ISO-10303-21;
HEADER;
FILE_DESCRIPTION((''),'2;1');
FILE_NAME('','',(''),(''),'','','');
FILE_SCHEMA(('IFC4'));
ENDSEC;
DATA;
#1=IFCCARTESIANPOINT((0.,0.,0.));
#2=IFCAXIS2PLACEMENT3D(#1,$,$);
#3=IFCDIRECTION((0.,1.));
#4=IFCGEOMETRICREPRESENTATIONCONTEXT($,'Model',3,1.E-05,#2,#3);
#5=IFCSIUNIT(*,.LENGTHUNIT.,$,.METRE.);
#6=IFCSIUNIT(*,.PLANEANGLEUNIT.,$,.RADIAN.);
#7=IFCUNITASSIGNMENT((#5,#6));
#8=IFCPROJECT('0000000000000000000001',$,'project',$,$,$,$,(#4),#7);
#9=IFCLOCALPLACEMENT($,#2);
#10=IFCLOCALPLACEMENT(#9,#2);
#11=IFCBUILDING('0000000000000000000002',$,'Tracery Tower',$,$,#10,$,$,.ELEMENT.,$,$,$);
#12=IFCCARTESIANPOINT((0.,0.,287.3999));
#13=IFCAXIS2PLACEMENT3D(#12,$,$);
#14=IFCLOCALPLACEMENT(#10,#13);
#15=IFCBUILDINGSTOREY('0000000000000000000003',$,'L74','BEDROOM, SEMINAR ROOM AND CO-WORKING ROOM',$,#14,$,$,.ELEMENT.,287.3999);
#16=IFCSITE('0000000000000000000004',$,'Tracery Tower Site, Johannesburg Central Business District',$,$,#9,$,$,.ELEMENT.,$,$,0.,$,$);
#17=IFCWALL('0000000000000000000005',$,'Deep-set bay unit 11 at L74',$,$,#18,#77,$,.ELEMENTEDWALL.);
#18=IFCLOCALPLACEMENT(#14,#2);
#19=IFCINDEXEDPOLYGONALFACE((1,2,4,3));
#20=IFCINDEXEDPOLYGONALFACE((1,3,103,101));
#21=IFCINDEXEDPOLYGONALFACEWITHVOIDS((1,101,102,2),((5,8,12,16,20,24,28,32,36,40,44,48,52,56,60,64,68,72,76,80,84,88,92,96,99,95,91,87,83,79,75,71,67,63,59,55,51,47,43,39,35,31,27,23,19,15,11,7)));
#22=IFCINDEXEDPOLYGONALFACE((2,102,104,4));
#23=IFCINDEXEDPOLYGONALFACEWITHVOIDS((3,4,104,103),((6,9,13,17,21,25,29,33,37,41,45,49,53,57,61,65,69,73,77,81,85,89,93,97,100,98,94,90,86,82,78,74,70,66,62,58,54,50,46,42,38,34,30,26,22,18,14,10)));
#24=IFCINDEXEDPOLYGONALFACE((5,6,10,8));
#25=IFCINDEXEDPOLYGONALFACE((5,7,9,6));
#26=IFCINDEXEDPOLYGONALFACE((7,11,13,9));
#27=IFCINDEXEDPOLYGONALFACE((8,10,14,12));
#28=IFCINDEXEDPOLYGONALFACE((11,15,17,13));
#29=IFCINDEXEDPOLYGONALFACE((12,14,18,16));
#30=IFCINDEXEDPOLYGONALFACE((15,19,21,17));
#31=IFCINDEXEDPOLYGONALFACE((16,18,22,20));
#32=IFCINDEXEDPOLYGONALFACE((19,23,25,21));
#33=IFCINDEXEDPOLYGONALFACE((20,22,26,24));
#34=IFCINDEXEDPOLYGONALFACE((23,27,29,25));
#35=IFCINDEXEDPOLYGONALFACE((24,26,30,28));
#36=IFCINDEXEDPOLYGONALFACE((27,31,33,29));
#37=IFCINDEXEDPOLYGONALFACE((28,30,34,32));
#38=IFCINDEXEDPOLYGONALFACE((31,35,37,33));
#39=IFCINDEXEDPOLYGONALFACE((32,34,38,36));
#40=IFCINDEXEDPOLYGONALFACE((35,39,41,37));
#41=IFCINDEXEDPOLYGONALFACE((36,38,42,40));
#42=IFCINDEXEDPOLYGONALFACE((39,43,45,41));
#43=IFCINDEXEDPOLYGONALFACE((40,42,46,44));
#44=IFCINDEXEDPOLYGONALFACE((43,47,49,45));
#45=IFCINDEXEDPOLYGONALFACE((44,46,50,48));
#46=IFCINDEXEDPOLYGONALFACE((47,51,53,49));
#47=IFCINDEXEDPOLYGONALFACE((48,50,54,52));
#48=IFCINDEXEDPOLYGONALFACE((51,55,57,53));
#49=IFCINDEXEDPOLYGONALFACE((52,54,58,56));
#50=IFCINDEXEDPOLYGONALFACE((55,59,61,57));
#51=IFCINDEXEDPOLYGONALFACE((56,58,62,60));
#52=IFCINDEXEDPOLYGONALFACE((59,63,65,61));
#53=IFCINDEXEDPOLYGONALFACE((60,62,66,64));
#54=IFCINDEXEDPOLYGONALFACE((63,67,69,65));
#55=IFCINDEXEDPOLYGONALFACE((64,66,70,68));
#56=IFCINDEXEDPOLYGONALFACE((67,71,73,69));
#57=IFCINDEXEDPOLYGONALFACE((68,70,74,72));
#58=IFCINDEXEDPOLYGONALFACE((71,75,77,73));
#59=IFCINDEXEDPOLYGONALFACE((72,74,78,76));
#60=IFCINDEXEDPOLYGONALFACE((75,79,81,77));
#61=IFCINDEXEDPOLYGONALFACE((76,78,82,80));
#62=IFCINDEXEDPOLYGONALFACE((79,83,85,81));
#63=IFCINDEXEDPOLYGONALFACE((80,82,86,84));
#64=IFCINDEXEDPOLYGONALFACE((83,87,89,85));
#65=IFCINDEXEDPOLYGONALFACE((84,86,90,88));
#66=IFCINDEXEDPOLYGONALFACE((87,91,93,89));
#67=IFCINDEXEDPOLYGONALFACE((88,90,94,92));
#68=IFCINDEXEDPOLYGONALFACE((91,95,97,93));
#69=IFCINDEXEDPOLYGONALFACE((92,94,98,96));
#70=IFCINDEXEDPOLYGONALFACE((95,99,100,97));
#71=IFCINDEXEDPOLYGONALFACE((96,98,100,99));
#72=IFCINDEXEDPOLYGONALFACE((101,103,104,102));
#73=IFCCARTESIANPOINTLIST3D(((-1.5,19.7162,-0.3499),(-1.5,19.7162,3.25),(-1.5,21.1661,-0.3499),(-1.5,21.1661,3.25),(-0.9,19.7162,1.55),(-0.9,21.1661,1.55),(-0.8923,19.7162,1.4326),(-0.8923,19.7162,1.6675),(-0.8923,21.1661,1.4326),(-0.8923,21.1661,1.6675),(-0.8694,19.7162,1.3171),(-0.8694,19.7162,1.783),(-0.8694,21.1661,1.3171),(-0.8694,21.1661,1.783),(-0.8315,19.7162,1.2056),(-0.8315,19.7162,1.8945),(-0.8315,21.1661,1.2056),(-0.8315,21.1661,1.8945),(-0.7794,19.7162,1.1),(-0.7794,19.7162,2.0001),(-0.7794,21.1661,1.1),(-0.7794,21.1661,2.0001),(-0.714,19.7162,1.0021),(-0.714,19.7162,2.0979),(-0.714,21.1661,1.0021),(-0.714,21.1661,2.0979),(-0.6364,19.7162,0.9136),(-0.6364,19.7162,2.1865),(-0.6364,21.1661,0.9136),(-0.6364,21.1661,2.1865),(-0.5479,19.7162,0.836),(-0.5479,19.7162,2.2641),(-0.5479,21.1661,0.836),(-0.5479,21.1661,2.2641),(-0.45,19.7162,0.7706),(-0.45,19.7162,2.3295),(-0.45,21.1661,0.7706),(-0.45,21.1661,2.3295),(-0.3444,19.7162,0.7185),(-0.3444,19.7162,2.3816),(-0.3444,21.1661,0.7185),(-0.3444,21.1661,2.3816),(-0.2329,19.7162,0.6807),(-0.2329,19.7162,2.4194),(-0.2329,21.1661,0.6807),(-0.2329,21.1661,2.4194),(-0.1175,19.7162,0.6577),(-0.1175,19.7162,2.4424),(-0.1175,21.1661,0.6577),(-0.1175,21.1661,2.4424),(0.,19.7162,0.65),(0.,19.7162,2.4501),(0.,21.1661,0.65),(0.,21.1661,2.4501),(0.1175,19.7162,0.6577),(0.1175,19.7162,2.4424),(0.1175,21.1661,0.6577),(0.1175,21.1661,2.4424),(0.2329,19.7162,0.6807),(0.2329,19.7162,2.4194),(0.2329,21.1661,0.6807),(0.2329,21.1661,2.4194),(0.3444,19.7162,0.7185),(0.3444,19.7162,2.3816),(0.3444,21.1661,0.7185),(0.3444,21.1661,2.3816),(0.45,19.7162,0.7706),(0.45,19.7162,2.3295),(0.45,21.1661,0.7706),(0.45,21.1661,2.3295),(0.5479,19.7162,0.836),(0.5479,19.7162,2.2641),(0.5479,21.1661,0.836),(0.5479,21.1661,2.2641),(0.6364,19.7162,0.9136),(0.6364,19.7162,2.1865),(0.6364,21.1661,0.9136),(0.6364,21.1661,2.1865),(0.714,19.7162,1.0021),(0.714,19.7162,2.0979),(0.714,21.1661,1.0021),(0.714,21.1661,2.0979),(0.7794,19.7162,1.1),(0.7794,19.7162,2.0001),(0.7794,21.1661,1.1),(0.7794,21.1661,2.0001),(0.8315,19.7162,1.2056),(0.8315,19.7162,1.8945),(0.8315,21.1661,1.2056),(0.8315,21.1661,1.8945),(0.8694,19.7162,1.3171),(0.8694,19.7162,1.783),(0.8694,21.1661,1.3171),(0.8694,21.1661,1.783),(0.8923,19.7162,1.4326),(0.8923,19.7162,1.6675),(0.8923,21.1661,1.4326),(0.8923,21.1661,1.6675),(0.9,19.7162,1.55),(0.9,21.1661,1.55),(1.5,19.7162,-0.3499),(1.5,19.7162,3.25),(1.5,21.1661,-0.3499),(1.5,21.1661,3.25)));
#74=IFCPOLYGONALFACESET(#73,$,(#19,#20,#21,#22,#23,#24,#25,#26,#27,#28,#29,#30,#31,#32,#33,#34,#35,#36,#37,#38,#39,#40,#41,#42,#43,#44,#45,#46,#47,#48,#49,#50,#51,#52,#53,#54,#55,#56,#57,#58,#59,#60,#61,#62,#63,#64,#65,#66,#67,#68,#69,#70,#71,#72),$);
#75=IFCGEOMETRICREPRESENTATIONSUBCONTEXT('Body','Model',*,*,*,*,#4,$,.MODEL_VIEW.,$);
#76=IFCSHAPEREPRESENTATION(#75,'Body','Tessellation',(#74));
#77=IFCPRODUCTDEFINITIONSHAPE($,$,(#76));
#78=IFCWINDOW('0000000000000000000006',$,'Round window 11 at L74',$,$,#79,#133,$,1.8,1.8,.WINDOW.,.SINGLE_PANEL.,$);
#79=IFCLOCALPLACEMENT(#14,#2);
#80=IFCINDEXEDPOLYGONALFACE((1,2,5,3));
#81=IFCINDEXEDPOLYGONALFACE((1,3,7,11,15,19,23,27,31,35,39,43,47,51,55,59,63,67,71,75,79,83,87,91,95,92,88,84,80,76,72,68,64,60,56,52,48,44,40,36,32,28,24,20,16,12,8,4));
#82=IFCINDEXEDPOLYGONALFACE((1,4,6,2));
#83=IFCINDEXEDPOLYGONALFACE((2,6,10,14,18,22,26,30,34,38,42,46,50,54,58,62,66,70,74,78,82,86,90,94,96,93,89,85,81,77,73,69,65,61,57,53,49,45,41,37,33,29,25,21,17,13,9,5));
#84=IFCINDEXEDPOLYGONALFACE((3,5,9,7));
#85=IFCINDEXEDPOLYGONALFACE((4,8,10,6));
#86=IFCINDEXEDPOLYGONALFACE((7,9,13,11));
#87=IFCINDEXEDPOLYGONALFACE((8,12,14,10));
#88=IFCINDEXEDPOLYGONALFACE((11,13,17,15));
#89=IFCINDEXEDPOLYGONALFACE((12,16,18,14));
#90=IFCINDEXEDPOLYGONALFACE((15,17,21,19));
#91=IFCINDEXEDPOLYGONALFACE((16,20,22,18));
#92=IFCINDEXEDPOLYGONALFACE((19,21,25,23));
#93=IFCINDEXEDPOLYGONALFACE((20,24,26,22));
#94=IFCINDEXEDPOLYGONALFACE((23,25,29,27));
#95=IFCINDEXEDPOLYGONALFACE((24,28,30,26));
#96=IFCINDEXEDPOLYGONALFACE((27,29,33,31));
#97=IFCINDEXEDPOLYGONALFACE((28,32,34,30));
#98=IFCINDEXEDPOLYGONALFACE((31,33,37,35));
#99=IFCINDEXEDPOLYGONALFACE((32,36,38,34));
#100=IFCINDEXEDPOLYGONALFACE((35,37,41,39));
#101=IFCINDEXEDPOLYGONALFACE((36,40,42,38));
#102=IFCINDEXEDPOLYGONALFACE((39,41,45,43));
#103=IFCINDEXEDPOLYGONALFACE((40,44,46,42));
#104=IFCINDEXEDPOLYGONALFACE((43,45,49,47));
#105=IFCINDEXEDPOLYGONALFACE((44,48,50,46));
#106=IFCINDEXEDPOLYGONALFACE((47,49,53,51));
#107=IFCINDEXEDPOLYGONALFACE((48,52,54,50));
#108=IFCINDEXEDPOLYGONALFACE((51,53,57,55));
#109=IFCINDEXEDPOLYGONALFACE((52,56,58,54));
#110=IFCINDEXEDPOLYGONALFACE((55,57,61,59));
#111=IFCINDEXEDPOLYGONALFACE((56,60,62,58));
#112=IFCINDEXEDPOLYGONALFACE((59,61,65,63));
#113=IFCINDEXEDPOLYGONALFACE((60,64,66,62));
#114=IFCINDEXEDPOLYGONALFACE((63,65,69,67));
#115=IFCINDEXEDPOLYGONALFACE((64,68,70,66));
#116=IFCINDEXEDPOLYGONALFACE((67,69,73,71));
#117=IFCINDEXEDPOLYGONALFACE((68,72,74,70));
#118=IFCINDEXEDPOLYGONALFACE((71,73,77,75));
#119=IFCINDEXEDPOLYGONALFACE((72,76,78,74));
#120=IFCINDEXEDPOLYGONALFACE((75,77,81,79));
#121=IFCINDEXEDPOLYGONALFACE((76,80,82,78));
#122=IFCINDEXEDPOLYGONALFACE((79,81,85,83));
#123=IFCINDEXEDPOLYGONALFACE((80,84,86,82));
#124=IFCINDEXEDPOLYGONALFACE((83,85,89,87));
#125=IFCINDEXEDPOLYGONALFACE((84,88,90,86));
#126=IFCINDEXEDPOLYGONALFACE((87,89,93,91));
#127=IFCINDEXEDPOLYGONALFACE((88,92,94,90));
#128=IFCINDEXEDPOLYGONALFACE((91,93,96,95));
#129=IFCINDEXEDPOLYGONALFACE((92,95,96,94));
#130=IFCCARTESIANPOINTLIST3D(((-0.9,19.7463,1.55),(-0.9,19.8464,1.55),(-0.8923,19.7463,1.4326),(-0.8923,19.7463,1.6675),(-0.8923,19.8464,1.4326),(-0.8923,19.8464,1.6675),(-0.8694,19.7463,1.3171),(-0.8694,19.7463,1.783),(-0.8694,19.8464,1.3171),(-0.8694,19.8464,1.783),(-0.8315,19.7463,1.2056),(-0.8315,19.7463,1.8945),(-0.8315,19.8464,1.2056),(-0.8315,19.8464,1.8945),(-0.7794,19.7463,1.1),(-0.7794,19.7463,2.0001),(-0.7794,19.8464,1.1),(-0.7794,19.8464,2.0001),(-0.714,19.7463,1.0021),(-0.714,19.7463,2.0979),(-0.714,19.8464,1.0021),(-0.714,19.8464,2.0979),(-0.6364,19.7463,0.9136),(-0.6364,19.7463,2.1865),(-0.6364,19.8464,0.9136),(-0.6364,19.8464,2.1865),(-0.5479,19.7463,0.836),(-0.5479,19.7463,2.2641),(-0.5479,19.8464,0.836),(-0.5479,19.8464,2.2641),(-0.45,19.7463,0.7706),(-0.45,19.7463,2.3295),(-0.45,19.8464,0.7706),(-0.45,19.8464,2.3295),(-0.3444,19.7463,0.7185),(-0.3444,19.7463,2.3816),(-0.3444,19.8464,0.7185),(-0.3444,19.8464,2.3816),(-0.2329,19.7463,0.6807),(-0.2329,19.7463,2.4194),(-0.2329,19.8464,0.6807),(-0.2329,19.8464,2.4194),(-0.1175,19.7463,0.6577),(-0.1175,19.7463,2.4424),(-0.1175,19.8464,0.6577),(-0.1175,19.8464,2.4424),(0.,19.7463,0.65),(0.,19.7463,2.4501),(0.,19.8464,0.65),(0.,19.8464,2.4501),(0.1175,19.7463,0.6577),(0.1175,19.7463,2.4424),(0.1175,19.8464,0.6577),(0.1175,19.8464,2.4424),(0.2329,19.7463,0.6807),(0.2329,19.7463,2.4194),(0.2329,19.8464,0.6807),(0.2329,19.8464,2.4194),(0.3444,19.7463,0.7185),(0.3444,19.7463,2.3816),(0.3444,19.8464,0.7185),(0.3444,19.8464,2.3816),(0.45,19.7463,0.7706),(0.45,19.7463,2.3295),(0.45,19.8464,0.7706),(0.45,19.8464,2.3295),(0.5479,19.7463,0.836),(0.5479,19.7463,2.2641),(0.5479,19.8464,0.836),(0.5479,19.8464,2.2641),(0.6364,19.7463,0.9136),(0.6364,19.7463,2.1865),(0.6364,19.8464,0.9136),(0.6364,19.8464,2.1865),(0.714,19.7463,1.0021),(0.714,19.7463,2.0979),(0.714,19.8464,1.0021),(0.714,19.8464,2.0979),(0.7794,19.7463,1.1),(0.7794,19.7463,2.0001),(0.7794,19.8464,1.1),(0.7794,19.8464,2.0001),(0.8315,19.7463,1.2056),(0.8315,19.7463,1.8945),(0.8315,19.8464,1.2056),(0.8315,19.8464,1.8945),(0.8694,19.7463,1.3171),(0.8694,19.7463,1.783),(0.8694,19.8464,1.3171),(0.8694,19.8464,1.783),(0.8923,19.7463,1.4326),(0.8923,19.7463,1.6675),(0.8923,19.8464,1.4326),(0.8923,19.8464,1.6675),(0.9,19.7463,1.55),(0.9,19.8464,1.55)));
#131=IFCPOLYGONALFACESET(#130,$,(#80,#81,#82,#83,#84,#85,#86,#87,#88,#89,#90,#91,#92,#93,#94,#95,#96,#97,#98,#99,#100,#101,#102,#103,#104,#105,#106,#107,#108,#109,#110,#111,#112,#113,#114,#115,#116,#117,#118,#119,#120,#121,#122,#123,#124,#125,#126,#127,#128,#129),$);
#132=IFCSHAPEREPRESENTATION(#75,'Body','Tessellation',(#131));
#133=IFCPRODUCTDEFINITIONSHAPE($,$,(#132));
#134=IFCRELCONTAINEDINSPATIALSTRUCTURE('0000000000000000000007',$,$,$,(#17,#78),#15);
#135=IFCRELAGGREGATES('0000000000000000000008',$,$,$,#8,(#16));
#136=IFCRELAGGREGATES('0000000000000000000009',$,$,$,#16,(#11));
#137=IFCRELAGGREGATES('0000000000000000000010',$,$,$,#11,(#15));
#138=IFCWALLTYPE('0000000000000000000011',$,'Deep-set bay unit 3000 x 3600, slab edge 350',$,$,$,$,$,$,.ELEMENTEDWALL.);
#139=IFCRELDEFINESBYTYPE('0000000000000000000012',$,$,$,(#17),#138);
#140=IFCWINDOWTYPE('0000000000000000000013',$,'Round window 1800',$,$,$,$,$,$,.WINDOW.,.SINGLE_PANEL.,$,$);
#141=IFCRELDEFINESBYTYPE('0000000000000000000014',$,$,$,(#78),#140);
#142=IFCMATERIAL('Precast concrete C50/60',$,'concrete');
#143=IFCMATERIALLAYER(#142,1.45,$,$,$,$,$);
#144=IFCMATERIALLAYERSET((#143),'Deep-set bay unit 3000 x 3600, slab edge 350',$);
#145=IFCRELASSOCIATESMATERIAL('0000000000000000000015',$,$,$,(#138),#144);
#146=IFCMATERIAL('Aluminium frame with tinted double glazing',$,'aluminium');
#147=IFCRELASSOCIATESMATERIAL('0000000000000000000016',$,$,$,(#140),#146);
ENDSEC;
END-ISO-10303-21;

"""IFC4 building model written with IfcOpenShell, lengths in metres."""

from ifc_helpers import new_model, si_unit, direction, frame, frame_2d, origin, origin_2d, place, context, subcontext, project, spatial, rectangle, circle, extrude, material, layer, layer_set, type_object, element, fill, save


model = new_model("IFC4")

# Units and contexts
model_context = context("Model", 3, precision=1e-05, world=origin(), true_north=direction((0.0, 1.0)))
body_context = subcontext(model_context, "Body", "Model", "MODEL_VIEW")
ifc_project = project(units=[si_unit("LENGTHUNIT", "METRE"), si_unit("PLANEANGLEUNIT", "RADIAN")], contexts=[model_context])

# Site, building, storey
site_placement = place(None, origin())
site = spatial("IfcSite", under=ifc_project, at=site_placement, Name="Tracery Tower Site, Johannesburg Central Business District", CompositionType="ELEMENT", RefElevation=0.0)
building_placement = place(site_placement, origin())
building = spatial("IfcBuilding", under=site, at=building_placement, Name="Tracery Tower", CompositionType="ELEMENT")
storey_placement = place(building_placement, frame((0.0, 0.0, 287.3999)))
storey = spatial("IfcBuildingStorey", under=building, at=storey_placement, Name="L74", Description="BEDROOM, SEMINAR ROOM AND CO-WORKING ROOM", CompositionType="ELEMENT", Elevation=287.3999)

# Wall, opening, window
ifc_material_1 = material(Name="Precast concrete C50/60", Category="concrete")
ifc_layer_1 = layer(ifc_material_1, 1.45)
ifc_layer_set_1 = layer_set([ifc_layer_1], Name="Deep-set bay unit 3000 x 3600, slab edge 350")
wall_type_1 = type_object("IfcWallType", Name="Deep-set bay unit 3000 x 3600, slab edge 350", PredefinedType="ELEMENTEDWALL", material=ifc_layer_set_1)
wall_1_placement = place(storey_placement, frame((1.5, 20.4412, -0.3499), z_axis=(0.0, 0.0, 1.0), x_axis=(-1.0, 0.0, 0.0)))
wall_1 = element("IfcWall", 1, at=wall_1_placement, inside=storey, type_object=wall_type_1, Name="Deep-set bay unit 11 at L74", PredefinedType="ELEMENTEDWALL", context=body_context, shape_type="SweptSolid", body=[
    extrude(rectangle(XDim=3.0, YDim=1.45, at=frame_2d((1.5, 0.0))), origin(), (0.0, 0.0, 1.0), 3.5999),
])
opening_1_placement = place(wall_1_placement, frame((1.5, 0.0, 1.8999)))
opening_1 = element("IfcOpeningElement", 2, at=opening_1_placement, cuts=wall_1, PredefinedType="OPENING", context=body_context, shape_type="SweptSolid", body=[
    extrude(circle(Radius=0.9, at=origin_2d()), frame((0.0, 0.7349, 0.0), z_axis=(0.0, -1.0, 0.0), x_axis=(1.0, 0.0, 0.0)), (0.0, 0.0, 1.0), 1.47),
])
ifc_material_2 = material(Name="Aluminium frame with tinted double glazing", Category="aluminium")
window_type = type_object("IfcWindowType", Name="Round window 1800", PartitioningType="SINGLE_PANEL", PredefinedType="WINDOW", material=ifc_material_2)
window_1_placement = place(opening_1_placement, origin())
window_1 = element("IfcWindow", 3, at=window_1_placement, inside=storey, type_object=window_type, Name="Round window 11 at L74", OverallHeight=1.8, OverallWidth=1.8, PartitioningType="SINGLE_PANEL", PredefinedType="WINDOW", context=body_context, shape_type="SweptSolid", body=[
    extrude(circle(Radius=0.9, at=origin_2d()), frame((0.0, 0.6948, 0.0), z_axis=(0.0, -1.0, 0.0), x_axis=(1.0, 0.0, 0.0)), (0.0, 0.0, 1.0), 0.1001),
])
fill(opening_1, window_1)

save(model, "model.ifc")
